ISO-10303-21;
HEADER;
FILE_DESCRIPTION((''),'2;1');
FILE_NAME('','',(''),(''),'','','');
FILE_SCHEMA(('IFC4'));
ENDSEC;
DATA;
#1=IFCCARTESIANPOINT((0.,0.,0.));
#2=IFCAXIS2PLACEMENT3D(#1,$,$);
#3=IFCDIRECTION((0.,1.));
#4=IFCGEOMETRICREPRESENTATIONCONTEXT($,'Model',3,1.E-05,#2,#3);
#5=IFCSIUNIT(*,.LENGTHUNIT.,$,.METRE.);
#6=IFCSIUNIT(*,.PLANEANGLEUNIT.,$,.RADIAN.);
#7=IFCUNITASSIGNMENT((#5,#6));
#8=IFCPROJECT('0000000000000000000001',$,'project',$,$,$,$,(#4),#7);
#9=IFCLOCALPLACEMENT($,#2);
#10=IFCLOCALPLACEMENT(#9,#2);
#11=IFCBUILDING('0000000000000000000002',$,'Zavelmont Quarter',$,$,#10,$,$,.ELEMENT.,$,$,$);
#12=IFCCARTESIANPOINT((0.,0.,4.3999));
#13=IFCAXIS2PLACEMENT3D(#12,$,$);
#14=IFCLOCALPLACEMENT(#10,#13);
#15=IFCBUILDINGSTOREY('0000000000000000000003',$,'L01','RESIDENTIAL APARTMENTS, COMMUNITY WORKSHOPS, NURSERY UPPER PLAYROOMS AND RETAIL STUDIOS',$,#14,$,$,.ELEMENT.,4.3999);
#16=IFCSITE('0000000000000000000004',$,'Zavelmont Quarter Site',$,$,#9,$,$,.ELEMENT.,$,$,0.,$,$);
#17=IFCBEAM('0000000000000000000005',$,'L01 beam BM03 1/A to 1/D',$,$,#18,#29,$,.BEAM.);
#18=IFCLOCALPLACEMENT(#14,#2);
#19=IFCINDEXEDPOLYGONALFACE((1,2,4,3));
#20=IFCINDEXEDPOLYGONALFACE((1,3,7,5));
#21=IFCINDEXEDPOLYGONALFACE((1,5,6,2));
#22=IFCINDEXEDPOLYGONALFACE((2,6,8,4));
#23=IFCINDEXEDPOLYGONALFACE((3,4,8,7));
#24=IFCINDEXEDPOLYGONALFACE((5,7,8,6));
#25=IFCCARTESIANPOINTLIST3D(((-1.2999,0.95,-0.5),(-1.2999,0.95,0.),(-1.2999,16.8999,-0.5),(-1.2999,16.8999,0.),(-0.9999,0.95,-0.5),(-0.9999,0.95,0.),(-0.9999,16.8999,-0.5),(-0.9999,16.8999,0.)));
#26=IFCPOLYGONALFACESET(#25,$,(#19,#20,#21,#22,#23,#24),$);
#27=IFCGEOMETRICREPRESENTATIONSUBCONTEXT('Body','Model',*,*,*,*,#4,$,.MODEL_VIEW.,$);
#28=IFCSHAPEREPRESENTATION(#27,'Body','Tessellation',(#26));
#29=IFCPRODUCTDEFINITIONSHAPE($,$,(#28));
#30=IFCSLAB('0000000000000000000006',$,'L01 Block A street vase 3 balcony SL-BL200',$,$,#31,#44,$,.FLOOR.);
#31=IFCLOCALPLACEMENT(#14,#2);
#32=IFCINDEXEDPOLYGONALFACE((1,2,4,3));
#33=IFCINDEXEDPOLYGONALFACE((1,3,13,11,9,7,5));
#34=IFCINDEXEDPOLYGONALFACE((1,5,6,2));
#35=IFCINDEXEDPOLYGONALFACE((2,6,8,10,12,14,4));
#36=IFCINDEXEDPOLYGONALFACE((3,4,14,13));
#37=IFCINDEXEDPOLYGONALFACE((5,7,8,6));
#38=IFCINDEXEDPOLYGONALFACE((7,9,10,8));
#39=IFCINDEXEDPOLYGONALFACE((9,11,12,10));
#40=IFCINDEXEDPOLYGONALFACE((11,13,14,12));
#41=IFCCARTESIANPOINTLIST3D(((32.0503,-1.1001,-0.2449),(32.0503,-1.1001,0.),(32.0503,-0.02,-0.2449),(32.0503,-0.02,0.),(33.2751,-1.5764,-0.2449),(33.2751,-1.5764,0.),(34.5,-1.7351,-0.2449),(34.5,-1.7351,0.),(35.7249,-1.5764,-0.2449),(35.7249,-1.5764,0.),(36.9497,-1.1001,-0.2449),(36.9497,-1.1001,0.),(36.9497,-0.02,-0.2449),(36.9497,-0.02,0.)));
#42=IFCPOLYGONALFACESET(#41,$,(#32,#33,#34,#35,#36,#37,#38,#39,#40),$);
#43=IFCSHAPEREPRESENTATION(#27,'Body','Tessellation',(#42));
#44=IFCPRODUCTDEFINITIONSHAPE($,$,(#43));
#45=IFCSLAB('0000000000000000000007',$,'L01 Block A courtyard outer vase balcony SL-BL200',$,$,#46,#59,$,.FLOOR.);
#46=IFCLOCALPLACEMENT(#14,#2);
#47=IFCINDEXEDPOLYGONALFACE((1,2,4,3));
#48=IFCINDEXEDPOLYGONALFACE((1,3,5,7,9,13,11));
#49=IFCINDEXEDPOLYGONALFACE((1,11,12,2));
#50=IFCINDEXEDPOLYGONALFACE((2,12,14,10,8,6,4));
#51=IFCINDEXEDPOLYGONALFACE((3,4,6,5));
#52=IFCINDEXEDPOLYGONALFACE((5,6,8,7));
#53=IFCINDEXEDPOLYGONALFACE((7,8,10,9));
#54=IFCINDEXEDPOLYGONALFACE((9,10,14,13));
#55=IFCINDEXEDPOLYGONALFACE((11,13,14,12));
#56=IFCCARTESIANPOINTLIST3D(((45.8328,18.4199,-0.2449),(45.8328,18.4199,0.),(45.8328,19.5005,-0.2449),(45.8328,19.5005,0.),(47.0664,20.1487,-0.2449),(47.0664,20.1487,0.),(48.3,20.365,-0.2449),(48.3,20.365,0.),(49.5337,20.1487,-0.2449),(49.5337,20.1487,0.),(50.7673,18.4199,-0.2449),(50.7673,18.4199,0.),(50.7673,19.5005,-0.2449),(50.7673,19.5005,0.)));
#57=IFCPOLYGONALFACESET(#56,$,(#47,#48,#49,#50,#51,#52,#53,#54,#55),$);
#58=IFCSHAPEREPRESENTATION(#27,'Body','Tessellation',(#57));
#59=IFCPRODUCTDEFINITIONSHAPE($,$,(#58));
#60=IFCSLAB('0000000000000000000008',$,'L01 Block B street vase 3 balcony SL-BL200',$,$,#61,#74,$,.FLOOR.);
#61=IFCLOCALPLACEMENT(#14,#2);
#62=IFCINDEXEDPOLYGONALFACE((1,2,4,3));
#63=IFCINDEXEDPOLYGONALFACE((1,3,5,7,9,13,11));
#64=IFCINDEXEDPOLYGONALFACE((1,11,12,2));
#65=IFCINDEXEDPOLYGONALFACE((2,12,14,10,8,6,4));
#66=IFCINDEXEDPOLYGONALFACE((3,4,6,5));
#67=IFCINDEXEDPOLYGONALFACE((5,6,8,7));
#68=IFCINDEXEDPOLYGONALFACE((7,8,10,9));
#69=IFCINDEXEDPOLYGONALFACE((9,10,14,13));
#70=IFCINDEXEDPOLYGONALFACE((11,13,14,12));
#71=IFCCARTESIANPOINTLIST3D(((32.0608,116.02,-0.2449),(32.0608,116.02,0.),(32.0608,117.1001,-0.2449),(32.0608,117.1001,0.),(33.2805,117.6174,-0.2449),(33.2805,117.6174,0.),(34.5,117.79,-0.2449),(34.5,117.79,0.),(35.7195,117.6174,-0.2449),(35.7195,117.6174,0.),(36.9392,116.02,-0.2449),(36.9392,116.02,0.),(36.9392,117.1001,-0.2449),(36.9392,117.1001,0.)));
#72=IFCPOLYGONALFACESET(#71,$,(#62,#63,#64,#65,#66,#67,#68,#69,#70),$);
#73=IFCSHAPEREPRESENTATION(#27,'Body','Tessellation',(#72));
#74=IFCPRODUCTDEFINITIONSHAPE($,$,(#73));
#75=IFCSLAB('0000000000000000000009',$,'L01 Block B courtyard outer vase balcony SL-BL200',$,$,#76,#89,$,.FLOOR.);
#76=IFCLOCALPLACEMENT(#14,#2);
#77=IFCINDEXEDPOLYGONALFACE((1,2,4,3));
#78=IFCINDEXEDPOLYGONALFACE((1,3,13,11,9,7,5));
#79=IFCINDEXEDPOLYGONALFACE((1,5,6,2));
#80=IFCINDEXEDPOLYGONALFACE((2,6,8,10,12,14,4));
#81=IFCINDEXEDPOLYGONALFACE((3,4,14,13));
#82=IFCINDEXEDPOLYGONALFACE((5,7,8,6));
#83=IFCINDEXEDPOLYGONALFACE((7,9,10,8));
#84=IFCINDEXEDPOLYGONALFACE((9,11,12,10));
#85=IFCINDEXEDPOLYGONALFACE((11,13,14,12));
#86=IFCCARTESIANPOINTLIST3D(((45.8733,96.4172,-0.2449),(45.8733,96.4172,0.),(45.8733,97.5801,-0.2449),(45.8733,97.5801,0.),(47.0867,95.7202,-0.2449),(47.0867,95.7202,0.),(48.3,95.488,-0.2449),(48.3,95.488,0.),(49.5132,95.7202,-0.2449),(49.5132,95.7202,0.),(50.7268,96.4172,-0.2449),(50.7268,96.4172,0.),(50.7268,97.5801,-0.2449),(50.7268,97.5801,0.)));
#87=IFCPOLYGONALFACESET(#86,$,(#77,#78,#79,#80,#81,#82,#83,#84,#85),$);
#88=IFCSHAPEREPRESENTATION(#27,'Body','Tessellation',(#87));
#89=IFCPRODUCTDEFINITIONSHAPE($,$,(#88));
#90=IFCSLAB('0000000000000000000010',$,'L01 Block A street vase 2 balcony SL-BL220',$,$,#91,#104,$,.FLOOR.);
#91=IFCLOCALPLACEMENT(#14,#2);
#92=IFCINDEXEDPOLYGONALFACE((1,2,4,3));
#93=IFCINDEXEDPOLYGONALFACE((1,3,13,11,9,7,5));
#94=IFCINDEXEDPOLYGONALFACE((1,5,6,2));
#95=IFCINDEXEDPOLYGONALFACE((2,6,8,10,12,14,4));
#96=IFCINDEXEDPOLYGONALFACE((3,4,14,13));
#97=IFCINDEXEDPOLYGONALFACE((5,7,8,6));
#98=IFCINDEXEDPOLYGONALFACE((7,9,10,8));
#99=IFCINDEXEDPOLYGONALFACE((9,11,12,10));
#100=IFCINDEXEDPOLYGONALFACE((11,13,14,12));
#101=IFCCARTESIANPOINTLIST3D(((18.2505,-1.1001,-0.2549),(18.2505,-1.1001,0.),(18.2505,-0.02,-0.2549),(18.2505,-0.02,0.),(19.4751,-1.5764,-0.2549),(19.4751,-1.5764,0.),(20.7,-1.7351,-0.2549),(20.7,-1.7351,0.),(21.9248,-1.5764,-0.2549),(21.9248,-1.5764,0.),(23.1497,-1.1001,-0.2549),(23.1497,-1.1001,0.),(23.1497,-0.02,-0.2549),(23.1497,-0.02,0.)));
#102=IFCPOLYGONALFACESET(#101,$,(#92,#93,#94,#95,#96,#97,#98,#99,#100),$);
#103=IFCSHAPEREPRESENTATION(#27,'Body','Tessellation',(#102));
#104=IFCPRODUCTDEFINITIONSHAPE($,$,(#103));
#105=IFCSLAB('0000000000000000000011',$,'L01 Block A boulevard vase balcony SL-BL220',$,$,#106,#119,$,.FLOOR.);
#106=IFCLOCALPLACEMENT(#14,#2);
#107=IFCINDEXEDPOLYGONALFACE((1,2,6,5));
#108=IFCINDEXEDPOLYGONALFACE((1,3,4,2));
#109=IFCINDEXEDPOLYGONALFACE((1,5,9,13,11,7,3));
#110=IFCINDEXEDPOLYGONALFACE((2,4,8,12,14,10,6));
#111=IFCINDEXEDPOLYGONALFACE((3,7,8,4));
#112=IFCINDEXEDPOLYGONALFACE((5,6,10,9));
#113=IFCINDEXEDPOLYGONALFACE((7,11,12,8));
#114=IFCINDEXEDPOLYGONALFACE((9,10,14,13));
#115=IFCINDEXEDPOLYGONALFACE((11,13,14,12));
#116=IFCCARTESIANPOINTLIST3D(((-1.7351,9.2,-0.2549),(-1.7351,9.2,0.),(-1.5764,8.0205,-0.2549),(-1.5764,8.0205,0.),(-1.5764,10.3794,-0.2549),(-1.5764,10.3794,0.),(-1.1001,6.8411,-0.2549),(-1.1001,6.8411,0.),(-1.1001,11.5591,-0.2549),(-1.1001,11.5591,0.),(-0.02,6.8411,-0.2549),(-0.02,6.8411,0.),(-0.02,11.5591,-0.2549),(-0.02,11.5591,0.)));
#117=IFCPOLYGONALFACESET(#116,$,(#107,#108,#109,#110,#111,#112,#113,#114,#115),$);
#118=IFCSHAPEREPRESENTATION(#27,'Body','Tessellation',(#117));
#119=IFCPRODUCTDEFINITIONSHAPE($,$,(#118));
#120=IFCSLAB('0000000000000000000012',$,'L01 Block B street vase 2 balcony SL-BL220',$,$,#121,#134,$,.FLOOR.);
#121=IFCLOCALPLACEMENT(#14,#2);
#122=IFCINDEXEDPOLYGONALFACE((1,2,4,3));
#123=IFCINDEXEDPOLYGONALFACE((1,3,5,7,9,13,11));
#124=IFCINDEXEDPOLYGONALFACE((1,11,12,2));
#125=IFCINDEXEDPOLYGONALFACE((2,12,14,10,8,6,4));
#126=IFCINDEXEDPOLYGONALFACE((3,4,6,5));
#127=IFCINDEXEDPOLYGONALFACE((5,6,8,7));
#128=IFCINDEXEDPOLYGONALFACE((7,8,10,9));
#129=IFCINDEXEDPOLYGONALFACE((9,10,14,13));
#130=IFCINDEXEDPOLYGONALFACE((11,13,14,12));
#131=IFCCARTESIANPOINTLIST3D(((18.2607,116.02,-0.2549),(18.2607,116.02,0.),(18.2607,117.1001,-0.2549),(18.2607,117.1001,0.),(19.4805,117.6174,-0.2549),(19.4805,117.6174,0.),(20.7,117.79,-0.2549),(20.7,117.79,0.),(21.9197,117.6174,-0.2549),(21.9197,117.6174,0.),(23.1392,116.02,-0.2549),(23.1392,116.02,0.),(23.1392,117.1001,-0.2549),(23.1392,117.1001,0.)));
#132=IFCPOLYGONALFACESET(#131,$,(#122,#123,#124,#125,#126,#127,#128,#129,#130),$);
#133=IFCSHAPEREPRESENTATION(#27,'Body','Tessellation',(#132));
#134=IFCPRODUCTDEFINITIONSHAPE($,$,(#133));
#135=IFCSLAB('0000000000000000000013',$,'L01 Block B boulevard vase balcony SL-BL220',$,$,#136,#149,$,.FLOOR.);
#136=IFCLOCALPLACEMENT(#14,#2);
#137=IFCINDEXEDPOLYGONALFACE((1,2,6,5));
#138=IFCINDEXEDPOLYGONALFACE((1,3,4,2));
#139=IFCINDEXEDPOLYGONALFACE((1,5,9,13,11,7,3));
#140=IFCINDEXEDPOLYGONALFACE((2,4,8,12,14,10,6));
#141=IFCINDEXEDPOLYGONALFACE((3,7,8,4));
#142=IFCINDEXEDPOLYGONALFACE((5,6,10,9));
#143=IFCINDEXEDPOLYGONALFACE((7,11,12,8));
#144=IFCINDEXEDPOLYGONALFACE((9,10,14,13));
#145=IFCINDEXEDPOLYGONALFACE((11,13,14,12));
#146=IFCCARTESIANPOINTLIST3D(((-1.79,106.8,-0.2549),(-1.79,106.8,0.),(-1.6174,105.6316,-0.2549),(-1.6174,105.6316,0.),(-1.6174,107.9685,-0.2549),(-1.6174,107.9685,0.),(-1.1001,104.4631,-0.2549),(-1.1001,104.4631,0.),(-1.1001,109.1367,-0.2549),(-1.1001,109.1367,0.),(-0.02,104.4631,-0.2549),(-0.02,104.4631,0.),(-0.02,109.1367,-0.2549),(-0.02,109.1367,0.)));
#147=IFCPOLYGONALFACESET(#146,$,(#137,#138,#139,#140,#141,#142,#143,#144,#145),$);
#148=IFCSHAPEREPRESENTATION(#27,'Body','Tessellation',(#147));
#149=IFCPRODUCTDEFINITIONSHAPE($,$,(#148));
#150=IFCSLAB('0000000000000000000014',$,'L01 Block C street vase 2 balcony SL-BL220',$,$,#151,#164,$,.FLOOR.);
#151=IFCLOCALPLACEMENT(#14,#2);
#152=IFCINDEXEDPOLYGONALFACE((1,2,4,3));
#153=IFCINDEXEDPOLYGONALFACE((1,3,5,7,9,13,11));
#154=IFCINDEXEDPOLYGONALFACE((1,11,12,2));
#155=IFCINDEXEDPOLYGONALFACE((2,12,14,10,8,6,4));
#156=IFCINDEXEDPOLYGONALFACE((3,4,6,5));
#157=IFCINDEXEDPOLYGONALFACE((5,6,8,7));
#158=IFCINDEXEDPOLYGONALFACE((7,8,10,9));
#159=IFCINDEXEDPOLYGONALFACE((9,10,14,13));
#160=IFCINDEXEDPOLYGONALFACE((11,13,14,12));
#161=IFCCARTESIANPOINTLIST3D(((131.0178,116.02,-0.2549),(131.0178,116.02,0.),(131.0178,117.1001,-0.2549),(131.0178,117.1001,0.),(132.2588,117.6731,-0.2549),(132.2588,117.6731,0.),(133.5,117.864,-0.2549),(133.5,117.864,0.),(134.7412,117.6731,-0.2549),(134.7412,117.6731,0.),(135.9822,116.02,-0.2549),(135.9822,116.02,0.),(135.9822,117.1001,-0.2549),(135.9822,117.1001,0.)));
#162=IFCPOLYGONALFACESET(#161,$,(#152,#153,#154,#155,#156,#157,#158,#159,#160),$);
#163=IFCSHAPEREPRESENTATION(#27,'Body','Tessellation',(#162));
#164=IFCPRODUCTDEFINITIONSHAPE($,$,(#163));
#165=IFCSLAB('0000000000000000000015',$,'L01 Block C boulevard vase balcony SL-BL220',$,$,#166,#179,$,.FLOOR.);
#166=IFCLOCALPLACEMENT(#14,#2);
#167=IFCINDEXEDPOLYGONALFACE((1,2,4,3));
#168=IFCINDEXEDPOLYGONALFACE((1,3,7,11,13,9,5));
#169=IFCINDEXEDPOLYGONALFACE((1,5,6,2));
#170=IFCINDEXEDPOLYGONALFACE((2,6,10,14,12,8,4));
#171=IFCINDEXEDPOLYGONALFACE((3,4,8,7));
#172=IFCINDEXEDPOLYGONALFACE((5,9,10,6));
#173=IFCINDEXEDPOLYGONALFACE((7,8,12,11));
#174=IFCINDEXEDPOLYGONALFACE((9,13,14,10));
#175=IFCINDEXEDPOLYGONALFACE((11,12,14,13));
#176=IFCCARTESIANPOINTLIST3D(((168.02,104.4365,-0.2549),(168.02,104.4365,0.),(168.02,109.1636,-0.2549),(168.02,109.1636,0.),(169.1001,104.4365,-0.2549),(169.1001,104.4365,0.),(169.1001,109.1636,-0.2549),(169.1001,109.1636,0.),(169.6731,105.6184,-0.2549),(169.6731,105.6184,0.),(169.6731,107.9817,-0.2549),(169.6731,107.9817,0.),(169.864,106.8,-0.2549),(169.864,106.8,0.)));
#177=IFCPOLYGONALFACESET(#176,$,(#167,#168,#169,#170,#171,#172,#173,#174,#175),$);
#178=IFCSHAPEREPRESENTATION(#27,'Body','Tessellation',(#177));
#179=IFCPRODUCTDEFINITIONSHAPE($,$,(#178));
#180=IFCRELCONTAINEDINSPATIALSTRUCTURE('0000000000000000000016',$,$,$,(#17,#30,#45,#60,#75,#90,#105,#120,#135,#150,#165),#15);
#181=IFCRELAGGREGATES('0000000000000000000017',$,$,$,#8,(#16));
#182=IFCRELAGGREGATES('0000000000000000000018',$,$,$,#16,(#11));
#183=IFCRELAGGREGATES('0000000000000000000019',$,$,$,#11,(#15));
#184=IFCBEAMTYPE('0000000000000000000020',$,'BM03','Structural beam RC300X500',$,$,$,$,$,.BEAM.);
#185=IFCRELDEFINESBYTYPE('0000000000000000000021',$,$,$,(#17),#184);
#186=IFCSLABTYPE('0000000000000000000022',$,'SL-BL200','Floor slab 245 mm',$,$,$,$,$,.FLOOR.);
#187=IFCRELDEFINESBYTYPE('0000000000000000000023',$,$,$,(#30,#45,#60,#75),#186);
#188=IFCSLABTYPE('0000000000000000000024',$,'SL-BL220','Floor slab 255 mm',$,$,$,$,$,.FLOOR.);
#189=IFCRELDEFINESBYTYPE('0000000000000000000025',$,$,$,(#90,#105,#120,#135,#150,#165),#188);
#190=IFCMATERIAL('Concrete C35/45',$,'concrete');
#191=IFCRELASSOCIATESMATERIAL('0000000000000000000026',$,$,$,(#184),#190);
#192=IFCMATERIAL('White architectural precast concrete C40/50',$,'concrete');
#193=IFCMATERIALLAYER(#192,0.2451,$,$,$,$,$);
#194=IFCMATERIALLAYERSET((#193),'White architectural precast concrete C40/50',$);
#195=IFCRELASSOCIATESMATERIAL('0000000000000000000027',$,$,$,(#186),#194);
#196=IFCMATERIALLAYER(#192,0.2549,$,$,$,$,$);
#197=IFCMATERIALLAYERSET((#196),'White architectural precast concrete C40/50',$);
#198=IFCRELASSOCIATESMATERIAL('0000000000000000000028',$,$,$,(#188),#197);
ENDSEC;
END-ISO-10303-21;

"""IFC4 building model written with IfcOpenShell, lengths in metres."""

from ifc_helpers import new_model, si_unit, direction, frame, origin, origin_2d, place, context, subcontext, project, spatial, polyline, rectangle, outline, extrude, material, layer, layer_set, material_profile, profile_set, type_object, element, save


model = new_model("IFC4")

# Units and contexts
model_context = context("Model", 3, precision=1e-05, world=origin(), true_north=direction((0.0, 1.0)))
body_context = subcontext(model_context, "Body", "Model", "MODEL_VIEW")
ifc_project = project(units=[si_unit("LENGTHUNIT", "METRE"), si_unit("PLANEANGLEUNIT", "RADIAN")], contexts=[model_context])

# Site, building, storey
site_placement = place(None, origin())
site = spatial("IfcSite", under=ifc_project, at=site_placement, Name="Zavelmont Quarter Site", CompositionType="ELEMENT", RefElevation=0.0)
building_placement = place(site_placement, origin())
building = spatial("IfcBuilding", under=site, at=building_placement, Name="Zavelmont Quarter", CompositionType="ELEMENT")
storey_placement = place(building_placement, frame((0.0, 0.0, 4.3999)))
storey = spatial("IfcBuildingStorey", under=building, at=storey_placement, Name="L01", Description="RESIDENTIAL APARTMENTS, COMMUNITY WORKSHOPS, NURSERY UPPER PLAYROOMS AND RETAIL STUDIOS", CompositionType="ELEMENT", Elevation=4.3999)

# Beam
ifc_material_1 = material(Name="Concrete C35/45", Category="concrete")
ifc_material_profile = material_profile(ifc_material_1, rectangle(XDim=0.3, YDim=0.5, at=origin_2d()), Name="RC300X500")
ifc_profile_set = profile_set([ifc_material_profile], Name="Concrete C35/45")
beam_type = type_object("IfcBeamType", Name="BM03", Description="Structural beam RC300X500", PredefinedType="BEAM", material=ifc_profile_set)
beam_placement = place(storey_placement, frame((-1.1499, 0.95, -0.25), z_axis=(0.0, 1.0, 0.0), x_axis=(-1.0, 0.0, 0.0)))
element("IfcBeam", 1, at=beam_placement, inside=storey, type_object=beam_type, Name="L01 beam BM03 1/A to 1/D", PredefinedType="BEAM", context=body_context, shape_type="SweptSolid", body=[
    extrude(rectangle(XDim=0.3, YDim=0.5, at=origin_2d()), origin(), (0.0, 0.0, 1.0), 15.95),
])

# Slabs
ifc_material_2 = material(Name="White architectural precast concrete C40/50", Category="concrete")
ifc_layer_1 = layer(ifc_material_2, 0.2451)
ifc_layer_set_1 = layer_set([ifc_layer_1], Name="White architectural precast concrete C40/50")
slab_type_1 = type_object("IfcSlabType", Name="SL-BL200", Description="Floor slab 245 mm", PredefinedType="FLOOR", material=ifc_layer_set_1)
slab_1_placement = place(storey_placement, frame((0.0, 0.0, -0.2449)))
element("IfcSlab", 2, at=slab_1_placement, inside=storey, type_object=slab_type_1, Name="L01 Block A street vase 3 balcony SL-BL200", PredefinedType="FLOOR", context=body_context, shape_type="SweptSolid", body=[
    extrude(outline(polyline([(32.0503, -0.02), (32.0503, -1.1001), (33.2751, -1.5764), (34.5, -1.7351), (35.7249, -1.5764), (36.9497, -1.1001), (36.9497, -0.02), (32.0503, -0.02)])), origin(), (0.0, 0.0, 1.0), 0.2449),
])
slab_2_placement = place(storey_placement, frame((0.0, 0.0, -0.2449)))
element("IfcSlab", 3, at=slab_2_placement, inside=storey, type_object=slab_type_1, Name="L01 Block A courtyard outer vase balcony SL-BL200", PredefinedType="FLOOR", context=body_context, shape_type="SweptSolid", body=[
    extrude(outline(polyline([(50.7673, 18.4199), (50.7673, 19.5005), (49.5337, 20.1487), (48.3, 20.365), (47.0664, 20.1487), (45.8328, 19.5005), (45.8328, 18.4199), (50.7673, 18.4199)])), origin(), (0.0, 0.0, 1.0), 0.2449),
])
slab_3_placement = place(storey_placement, frame((0.0, 0.0, -0.2449)))
element("IfcSlab", 4, at=slab_3_placement, inside=storey, type_object=slab_type_1, Name="L01 Block B street vase 3 balcony SL-BL200", PredefinedType="FLOOR", context=body_context, shape_type="SweptSolid", body=[
    extrude(outline(polyline([(36.9392, 116.02), (36.9392, 117.1001), (35.7195, 117.6174), (34.5, 117.79), (33.2805, 117.6174), (32.0608, 117.1001), (32.0608, 116.02), (36.9392, 116.02)])), origin(), (0.0, 0.0, 1.0), 0.2449),
])
slab_4_placement = place(storey_placement, frame((0.0, 0.0, -0.2449)))
element("IfcSlab", 5, at=slab_4_placement, inside=storey, type_object=slab_type_1, Name="L01 Block B courtyard outer vase balcony SL-BL200", PredefinedType="FLOOR", context=body_context, shape_type="SweptSolid", body=[
    extrude(outline(polyline([(45.8733, 97.5801), (45.8733, 96.4172), (47.0867, 95.7202), (48.3, 95.488), (49.5132, 95.7202), (50.7268, 96.4172), (50.7268, 97.5801), (45.8733, 97.5801)])), origin(), (0.0, 0.0, 1.0), 0.2449),
])
ifc_layer_2 = layer(ifc_material_2, 0.2549)
ifc_layer_set_2 = layer_set([ifc_layer_2], Name="White architectural precast concrete C40/50")
slab_type_2 = type_object("IfcSlabType", Name="SL-BL220", Description="Floor slab 255 mm", PredefinedType="FLOOR", material=ifc_layer_set_2)
slab_5_placement = place(storey_placement, frame((0.0, 0.0, -0.2549)))
element("IfcSlab", 6, at=slab_5_placement, inside=storey, type_object=slab_type_2, Name="L01 Block A street vase 2 balcony SL-BL220", PredefinedType="FLOOR", context=body_context, shape_type="SweptSolid", body=[
    extrude(outline(polyline([(18.2505, -0.02), (18.2505, -1.1001), (19.4751, -1.5764), (20.7, -1.7351), (21.9248, -1.5764), (23.1497, -1.1001), (23.1497, -0.02), (18.2505, -0.02)])), origin(), (0.0, 0.0, 1.0), 0.2549),
])
slab_6_placement = place(storey_placement, frame((0.0, 0.0, -0.2549)))
element("IfcSlab", 7, at=slab_6_placement, inside=storey, type_object=slab_type_2, Name="L01 Block A boulevard vase balcony SL-BL220", PredefinedType="FLOOR", context=body_context, shape_type="SweptSolid", body=[
    extrude(outline(polyline([(-0.02, 11.5591), (-1.1001, 11.5591), (-1.5764, 10.3794), (-1.7351, 9.2), (-1.5764, 8.0205), (-1.1001, 6.8411), (-0.02, 6.8411), (-0.02, 11.5591)])), origin(), (0.0, 0.0, 1.0), 0.2549),
])
slab_7_placement = place(storey_placement, frame((0.0, 0.0, -0.2549)))
element("IfcSlab", 8, at=slab_7_placement, inside=storey, type_object=slab_type_2, Name="L01 Block B street vase 2 balcony SL-BL220", PredefinedType="FLOOR", context=body_context, shape_type="SweptSolid", body=[
    extrude(outline(polyline([(23.1392, 116.02), (23.1392, 117.1001), (21.9197, 117.6174), (20.7, 117.79), (19.4805, 117.6174), (18.2607, 117.1001), (18.2607, 116.02), (23.1392, 116.02)])), origin(), (0.0, 0.0, 1.0), 0.2549),
])
slab_8_placement = place(storey_placement, frame((0.0, 0.0, -0.2549)))
element("IfcSlab", 9, at=slab_8_placement, inside=storey, type_object=slab_type_2, Name="L01 Block B boulevard vase balcony SL-BL220", PredefinedType="FLOOR", context=body_context, shape_type="SweptSolid", body=[
    extrude(outline(polyline([(-0.02, 109.1367), (-1.1001, 109.1367), (-1.6174, 107.9685), (-1.79, 106.8), (-1.6174, 105.6316), (-1.1001, 104.4631), (-0.02, 104.4631), (-0.02, 109.1367)])), origin(), (0.0, 0.0, 1.0), 0.2549),
])
slab_9_placement = place(storey_placement, frame((0.0, 0.0, -0.2549)))
element("IfcSlab", 10, at=slab_9_placement, inside=storey, type_object=slab_type_2, Name="L01 Block C street vase 2 balcony SL-BL220", PredefinedType="FLOOR", context=body_context, shape_type="SweptSolid", body=[
    extrude(outline(polyline([(135.9822, 116.02), (135.9822, 117.1001), (134.7412, 117.6731), (133.5, 117.864), (132.2588, 117.6731), (131.0178, 117.1001), (131.0178, 116.02), (135.9822, 116.02)])), origin(), (0.0, 0.0, 1.0), 0.2549),
])
slab_10_placement = place(storey_placement, frame((0.0, 0.0, -0.2549)))
element("IfcSlab", 11, at=slab_10_placement, inside=storey, type_object=slab_type_2, Name="L01 Block C boulevard vase balcony SL-BL220", PredefinedType="FLOOR", context=body_context, shape_type="SweptSolid", body=[
    extrude(outline(polyline([(168.02, 104.4365), (169.1001, 104.4365), (169.6731, 105.6184), (169.864, 106.8), (169.6731, 107.9817), (169.1001, 109.1636), (168.02, 109.1636), (168.02, 104.4365)])), origin(), (0.0, 0.0, 1.0), 0.2549),
])

save(model, "model.ifc")
